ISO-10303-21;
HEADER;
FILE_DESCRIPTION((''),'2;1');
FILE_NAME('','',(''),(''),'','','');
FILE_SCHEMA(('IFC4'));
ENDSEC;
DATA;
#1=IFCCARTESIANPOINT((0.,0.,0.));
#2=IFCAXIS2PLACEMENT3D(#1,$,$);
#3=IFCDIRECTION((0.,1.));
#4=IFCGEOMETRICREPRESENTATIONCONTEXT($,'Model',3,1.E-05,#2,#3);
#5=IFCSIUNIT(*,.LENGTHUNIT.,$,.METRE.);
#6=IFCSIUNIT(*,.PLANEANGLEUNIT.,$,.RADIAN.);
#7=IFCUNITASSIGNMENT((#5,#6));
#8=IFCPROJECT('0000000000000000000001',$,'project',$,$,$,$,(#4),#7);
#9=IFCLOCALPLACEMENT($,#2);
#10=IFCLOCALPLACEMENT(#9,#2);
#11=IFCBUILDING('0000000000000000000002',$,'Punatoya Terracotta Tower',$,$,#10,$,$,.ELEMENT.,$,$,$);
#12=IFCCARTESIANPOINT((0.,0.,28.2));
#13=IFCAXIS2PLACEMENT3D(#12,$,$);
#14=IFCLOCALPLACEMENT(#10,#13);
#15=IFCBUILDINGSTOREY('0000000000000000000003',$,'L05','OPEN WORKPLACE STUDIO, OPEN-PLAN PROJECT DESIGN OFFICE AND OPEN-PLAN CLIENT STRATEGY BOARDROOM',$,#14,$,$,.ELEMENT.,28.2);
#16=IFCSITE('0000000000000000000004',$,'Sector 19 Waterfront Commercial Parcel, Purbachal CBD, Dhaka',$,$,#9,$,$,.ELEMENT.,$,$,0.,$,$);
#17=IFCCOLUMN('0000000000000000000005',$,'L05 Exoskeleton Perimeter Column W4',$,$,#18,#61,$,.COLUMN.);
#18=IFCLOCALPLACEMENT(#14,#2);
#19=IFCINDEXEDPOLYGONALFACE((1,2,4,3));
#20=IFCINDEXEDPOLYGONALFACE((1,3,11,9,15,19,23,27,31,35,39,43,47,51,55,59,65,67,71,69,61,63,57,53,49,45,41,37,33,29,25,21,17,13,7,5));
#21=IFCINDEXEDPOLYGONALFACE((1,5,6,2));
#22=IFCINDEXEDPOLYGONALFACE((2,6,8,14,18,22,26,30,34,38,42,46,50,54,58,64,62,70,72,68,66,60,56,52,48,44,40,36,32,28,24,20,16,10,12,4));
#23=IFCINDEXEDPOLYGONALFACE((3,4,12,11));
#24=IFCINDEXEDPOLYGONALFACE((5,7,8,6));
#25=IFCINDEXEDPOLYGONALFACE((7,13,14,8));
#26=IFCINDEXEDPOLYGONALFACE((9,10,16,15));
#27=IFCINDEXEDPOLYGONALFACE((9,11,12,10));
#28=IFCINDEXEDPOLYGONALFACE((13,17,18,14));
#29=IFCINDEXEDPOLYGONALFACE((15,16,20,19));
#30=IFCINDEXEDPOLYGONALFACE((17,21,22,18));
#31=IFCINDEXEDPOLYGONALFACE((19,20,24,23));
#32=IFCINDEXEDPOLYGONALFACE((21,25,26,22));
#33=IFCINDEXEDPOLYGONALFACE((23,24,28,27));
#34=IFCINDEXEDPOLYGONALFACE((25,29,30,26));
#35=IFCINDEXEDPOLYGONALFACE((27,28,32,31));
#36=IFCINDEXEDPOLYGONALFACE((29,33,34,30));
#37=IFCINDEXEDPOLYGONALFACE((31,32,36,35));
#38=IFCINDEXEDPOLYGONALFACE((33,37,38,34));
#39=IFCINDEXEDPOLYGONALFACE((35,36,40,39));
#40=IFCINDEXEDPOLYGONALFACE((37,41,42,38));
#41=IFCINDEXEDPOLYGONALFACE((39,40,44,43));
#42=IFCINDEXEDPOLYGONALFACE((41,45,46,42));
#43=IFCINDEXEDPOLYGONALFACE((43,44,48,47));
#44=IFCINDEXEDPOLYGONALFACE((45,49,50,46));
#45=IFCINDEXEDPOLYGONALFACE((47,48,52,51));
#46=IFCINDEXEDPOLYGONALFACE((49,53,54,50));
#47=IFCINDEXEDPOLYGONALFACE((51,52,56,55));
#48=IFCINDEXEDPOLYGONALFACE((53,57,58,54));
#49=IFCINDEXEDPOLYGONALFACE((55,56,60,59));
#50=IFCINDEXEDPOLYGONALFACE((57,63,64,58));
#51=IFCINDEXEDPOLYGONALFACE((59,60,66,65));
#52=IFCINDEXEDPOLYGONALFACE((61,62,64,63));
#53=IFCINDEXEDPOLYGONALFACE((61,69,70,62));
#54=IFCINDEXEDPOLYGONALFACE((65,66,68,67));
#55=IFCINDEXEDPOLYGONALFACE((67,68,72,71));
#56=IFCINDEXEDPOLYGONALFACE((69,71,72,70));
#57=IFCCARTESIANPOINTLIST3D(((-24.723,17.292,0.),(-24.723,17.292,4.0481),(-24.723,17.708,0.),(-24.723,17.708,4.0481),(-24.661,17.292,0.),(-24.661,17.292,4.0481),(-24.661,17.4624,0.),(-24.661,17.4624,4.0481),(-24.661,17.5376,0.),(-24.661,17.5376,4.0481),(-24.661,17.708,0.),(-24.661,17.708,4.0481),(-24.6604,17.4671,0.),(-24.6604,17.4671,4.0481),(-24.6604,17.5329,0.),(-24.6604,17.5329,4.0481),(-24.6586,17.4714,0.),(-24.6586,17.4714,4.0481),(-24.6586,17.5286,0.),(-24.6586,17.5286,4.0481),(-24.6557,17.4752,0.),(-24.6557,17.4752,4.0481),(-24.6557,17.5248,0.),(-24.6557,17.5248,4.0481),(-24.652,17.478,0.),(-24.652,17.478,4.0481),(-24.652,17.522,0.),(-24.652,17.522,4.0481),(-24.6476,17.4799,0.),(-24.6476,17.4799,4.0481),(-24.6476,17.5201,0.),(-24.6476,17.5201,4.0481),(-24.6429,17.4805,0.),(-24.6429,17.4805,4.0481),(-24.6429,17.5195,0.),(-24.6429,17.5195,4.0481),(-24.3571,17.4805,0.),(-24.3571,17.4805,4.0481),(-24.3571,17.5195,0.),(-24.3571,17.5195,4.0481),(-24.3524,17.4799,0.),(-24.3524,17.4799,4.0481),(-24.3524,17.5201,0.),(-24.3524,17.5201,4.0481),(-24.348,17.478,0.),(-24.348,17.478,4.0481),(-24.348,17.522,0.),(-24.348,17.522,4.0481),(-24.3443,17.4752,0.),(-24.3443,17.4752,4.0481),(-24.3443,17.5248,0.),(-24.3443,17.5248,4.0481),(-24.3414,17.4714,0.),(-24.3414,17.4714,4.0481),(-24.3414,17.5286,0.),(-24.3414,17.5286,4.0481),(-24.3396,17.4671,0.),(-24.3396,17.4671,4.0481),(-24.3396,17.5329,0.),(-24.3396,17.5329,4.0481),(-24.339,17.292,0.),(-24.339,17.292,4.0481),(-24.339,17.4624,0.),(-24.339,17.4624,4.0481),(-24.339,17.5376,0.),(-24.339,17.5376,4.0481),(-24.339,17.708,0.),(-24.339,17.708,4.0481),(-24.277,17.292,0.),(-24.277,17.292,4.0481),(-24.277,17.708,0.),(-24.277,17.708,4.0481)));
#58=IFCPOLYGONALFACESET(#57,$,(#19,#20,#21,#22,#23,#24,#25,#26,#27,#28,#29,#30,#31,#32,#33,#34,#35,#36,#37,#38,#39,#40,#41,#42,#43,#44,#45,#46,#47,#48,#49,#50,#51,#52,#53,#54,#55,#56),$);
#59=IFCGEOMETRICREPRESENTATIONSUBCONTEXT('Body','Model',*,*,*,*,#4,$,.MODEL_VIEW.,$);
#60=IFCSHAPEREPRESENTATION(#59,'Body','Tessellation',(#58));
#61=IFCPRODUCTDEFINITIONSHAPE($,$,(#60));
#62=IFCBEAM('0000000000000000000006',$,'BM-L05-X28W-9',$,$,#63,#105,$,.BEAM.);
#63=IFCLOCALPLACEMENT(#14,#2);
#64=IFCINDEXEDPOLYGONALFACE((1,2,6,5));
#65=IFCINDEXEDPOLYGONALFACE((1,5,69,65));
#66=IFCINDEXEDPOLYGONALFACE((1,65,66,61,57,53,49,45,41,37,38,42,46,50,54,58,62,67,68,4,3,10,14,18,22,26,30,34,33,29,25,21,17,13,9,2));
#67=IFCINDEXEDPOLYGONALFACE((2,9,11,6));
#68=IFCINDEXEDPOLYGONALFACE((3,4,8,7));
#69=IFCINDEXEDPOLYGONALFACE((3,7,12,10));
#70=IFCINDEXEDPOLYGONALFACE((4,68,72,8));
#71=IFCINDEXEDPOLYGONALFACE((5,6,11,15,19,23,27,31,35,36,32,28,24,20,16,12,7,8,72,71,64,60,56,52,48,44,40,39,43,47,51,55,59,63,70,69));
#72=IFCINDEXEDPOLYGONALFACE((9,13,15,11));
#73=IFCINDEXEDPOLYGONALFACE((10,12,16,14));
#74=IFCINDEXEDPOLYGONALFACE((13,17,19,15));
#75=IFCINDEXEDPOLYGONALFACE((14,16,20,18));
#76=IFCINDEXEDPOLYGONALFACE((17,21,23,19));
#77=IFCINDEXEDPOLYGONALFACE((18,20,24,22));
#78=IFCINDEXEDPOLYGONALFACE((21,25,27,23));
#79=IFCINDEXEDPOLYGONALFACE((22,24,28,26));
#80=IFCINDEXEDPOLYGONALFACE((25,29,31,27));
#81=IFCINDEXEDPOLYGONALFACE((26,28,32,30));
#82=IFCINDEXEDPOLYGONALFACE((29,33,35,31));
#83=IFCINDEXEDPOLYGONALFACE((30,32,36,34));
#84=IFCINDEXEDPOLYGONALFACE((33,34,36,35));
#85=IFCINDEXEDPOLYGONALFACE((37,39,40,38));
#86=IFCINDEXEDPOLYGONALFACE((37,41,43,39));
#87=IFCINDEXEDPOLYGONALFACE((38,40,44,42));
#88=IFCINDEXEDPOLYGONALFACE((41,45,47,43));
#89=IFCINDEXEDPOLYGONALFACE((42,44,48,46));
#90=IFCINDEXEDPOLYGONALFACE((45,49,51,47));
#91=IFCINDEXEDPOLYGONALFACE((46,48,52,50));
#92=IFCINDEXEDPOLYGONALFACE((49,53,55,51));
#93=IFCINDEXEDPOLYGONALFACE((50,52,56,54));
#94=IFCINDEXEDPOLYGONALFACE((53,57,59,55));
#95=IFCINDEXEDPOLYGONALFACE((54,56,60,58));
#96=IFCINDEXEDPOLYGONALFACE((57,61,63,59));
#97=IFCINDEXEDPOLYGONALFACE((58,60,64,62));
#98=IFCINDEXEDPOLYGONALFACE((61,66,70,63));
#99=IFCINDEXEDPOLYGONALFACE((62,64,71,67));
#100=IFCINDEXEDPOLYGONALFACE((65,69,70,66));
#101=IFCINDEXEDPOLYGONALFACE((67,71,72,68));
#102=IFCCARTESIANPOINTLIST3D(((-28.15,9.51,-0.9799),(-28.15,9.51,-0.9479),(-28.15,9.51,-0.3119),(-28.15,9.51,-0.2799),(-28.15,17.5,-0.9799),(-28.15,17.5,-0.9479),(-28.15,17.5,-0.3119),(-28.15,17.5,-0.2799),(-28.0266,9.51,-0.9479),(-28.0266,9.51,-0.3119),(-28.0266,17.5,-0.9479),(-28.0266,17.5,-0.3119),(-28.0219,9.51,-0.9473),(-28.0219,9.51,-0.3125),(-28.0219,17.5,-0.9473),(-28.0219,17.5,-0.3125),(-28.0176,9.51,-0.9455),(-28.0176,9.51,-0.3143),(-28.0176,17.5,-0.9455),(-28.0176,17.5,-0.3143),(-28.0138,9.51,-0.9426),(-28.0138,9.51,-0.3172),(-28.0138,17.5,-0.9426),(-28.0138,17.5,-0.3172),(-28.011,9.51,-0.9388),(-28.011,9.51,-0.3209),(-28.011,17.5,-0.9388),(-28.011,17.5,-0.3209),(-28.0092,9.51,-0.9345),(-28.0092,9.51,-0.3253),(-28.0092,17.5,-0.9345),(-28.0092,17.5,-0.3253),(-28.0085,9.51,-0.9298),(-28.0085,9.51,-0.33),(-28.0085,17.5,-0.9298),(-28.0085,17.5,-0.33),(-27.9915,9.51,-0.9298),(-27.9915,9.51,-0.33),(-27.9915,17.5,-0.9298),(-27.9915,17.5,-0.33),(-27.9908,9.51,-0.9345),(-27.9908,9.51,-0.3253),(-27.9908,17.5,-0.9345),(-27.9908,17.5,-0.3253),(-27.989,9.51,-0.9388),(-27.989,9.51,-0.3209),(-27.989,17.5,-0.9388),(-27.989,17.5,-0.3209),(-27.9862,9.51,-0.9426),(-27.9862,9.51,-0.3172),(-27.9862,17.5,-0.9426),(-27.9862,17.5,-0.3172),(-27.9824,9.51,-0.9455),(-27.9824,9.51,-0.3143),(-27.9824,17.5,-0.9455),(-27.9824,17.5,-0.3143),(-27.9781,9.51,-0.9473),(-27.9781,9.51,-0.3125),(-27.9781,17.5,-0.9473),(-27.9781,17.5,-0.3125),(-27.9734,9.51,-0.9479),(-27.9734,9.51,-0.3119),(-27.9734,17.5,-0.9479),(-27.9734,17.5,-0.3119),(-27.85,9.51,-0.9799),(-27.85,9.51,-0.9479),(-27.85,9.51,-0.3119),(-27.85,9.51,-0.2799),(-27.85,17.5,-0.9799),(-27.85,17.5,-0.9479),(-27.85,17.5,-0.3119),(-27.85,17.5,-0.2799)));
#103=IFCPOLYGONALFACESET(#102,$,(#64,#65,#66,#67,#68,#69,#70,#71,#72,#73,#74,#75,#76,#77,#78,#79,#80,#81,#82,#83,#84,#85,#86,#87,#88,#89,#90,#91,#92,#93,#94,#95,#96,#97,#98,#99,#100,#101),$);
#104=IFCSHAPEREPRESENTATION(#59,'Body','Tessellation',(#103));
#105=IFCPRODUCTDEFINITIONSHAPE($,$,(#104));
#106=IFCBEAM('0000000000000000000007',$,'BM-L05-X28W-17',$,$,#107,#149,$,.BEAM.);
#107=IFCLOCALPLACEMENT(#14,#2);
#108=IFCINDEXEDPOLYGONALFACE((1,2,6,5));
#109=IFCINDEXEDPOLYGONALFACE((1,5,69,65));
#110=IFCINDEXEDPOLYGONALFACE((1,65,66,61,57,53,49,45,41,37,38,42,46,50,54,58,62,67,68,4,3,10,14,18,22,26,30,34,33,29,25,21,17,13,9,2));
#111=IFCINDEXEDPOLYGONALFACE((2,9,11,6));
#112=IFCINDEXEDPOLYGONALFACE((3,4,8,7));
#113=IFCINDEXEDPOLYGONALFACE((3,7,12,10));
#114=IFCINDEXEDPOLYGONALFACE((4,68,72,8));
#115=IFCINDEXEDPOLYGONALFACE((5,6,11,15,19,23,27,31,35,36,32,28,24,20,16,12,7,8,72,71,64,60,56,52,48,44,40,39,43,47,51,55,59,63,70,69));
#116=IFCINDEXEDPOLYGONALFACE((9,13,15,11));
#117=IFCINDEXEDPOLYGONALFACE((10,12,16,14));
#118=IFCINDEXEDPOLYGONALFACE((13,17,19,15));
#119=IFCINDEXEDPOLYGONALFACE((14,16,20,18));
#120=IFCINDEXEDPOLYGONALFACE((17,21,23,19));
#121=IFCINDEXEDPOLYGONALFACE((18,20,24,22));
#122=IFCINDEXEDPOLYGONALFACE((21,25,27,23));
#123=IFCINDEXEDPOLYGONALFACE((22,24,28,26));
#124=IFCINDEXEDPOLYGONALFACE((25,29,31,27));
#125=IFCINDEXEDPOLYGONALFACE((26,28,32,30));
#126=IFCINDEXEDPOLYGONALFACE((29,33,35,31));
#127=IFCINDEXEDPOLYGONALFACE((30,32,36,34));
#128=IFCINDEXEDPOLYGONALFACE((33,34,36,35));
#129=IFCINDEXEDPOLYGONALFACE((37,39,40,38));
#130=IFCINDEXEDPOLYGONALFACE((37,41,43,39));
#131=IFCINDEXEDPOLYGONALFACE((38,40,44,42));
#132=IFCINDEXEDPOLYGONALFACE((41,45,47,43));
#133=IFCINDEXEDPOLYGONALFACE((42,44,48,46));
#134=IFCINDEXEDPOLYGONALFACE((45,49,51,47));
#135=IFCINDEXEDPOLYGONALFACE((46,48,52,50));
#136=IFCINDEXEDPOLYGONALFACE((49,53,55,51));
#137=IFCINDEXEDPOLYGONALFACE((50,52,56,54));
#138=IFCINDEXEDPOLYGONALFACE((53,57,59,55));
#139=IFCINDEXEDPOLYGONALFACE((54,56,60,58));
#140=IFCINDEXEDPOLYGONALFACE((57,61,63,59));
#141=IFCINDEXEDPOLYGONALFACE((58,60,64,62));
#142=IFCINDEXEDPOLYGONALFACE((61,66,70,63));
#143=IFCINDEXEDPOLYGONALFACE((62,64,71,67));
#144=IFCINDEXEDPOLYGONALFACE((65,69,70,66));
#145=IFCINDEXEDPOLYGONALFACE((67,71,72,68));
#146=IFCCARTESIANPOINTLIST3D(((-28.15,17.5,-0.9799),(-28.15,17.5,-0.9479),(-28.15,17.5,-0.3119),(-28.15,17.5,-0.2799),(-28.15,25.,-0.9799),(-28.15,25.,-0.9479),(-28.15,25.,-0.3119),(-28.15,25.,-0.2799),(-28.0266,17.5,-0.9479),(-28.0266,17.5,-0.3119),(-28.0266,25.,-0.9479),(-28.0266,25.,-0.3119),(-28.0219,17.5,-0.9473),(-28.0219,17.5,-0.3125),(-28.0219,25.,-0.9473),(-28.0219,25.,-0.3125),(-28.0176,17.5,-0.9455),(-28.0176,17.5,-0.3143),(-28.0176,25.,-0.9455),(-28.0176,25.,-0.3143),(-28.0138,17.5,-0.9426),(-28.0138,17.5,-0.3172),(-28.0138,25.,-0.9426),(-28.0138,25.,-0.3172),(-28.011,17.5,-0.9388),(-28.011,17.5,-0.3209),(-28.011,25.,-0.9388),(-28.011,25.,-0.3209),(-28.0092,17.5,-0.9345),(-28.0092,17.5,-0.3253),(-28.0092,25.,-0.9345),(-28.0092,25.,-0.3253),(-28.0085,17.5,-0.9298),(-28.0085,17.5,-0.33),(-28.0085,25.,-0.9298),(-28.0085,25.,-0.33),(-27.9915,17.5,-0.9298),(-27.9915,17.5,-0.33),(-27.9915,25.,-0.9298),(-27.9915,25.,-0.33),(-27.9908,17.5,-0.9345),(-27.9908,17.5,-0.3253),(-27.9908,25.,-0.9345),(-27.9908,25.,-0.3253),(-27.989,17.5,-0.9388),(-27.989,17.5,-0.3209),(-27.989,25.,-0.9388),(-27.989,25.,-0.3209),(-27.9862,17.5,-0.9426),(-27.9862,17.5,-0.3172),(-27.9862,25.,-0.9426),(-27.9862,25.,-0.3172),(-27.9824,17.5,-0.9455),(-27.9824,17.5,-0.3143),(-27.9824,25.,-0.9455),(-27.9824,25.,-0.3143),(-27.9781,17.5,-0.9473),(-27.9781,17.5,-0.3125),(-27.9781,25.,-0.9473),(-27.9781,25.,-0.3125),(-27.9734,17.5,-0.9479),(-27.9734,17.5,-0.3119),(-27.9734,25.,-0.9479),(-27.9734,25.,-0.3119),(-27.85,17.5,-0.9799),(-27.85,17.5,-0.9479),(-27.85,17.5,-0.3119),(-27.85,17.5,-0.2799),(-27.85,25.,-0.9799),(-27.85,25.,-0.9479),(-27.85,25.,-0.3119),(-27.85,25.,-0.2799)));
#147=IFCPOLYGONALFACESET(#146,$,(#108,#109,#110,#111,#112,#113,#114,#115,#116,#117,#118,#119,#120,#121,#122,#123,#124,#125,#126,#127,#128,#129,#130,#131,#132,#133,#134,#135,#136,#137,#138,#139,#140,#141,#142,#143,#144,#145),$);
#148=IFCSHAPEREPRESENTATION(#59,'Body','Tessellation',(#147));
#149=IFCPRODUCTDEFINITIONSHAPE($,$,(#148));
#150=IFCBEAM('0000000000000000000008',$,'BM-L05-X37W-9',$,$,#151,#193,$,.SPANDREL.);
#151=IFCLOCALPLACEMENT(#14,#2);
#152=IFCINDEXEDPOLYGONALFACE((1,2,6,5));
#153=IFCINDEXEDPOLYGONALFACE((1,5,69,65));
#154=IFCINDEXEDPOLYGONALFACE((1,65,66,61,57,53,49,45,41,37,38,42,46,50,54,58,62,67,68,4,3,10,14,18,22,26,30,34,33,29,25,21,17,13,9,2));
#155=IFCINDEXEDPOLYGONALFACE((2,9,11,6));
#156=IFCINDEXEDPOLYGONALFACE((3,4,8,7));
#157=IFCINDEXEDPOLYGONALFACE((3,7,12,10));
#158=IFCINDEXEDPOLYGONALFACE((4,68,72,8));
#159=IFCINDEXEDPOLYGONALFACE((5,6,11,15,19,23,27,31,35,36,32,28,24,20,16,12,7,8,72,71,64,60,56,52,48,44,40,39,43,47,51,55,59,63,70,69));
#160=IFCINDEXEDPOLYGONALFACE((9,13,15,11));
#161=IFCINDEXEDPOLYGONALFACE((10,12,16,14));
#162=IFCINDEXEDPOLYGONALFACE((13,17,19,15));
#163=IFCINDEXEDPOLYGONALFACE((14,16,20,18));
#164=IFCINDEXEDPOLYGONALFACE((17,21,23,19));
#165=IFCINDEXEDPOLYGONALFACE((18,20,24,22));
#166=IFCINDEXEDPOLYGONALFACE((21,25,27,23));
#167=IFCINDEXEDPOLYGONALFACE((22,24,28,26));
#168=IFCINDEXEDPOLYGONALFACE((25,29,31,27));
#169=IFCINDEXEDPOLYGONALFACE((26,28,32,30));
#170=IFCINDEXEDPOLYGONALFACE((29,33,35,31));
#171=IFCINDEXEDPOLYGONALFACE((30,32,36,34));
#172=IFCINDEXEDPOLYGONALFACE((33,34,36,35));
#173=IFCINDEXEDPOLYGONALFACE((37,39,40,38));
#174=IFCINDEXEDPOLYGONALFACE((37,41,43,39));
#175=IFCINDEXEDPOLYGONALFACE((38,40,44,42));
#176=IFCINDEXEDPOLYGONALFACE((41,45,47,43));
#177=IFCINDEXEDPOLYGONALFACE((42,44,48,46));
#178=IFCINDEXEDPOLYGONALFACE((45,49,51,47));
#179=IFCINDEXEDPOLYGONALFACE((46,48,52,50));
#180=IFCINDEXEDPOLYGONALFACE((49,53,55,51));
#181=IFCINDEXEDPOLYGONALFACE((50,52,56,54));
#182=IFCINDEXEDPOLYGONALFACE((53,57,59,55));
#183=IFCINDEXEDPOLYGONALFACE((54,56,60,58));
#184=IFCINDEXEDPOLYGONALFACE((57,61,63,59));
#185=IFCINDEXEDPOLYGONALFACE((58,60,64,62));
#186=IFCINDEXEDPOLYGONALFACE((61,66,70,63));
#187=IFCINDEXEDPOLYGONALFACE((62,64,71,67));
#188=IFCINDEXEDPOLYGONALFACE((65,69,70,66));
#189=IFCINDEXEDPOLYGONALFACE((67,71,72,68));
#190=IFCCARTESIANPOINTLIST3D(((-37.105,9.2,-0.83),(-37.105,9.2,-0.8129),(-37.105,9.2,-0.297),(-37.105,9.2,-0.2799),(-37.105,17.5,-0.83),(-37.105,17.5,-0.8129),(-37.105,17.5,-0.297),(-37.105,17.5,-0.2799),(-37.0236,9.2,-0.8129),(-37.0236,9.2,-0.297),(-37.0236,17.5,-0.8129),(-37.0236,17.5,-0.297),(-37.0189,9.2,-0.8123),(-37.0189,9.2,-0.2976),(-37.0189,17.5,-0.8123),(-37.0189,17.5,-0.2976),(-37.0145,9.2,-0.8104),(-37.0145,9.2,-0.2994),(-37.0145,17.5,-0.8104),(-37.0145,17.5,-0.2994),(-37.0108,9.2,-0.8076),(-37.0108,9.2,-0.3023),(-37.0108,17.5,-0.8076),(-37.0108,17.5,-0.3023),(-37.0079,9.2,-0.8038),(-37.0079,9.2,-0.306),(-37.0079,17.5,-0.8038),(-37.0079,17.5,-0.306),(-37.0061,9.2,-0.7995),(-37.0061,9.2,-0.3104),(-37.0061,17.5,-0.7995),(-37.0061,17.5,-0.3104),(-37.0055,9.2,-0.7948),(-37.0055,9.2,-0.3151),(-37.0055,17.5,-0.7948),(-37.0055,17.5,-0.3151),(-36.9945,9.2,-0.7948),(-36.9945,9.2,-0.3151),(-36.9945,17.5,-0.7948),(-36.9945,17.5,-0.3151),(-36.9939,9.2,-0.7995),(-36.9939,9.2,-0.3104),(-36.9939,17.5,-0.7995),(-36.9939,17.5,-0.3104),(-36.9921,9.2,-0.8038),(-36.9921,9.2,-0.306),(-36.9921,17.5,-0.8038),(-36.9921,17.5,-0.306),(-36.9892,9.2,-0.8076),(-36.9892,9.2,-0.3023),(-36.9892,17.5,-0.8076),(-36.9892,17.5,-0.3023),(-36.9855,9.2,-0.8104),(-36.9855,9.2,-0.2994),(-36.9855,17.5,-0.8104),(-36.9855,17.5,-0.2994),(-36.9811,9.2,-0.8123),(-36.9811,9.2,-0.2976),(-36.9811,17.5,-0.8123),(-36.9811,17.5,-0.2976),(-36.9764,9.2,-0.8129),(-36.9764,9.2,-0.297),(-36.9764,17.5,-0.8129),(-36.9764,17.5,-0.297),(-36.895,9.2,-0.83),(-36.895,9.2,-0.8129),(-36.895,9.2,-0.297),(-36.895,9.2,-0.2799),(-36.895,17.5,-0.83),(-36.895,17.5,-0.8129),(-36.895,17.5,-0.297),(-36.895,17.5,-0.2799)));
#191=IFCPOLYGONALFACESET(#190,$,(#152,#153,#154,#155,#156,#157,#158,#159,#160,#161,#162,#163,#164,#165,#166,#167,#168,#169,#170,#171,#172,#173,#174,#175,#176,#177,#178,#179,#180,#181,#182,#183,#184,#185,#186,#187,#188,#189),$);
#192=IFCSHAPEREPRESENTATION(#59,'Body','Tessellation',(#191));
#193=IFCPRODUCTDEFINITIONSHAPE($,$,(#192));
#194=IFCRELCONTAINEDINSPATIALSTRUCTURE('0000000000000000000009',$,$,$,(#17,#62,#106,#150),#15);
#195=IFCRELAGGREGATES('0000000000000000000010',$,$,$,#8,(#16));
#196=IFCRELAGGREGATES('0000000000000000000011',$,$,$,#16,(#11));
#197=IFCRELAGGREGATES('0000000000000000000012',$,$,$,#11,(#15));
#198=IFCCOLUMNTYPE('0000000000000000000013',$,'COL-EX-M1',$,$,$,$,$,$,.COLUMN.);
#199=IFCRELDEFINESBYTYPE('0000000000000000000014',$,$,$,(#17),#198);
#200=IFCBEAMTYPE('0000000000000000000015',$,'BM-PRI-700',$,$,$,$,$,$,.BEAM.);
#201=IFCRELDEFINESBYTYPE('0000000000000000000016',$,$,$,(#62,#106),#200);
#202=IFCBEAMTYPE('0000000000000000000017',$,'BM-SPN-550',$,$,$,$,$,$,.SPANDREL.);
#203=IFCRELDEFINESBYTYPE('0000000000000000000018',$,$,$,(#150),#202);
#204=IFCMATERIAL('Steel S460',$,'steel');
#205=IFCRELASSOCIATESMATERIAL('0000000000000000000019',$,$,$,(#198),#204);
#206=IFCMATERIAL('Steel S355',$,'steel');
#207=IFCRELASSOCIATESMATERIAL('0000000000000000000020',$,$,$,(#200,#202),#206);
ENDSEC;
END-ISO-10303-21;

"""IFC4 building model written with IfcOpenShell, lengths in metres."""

from ifc_helpers import new_model, si_unit, direction, frame, origin, origin_2d, place, context, subcontext, project, spatial, i_section, extrude, material, material_profile, profile_set, type_object, element, save


model = new_model("IFC4")

# Units and contexts
model_context = context("Model", 3, precision=1e-05, world=origin(), true_north=direction((0.0, 1.0)))
body_context = subcontext(model_context, "Body", "Model", "MODEL_VIEW")
ifc_project = project(units=[si_unit("LENGTHUNIT", "METRE"), si_unit("PLANEANGLEUNIT", "RADIAN")], contexts=[model_context])

# Site, building, storey
site_placement = place(None, origin())
site = spatial("IfcSite", under=ifc_project, at=site_placement, Name="Sector 19 Waterfront Commercial Parcel, Purbachal CBD, Dhaka", CompositionType="ELEMENT", RefElevation=0.0)
building_placement = place(site_placement, origin())
building = spatial("IfcBuilding", under=site, at=building_placement, Name="Punatoya Terracotta Tower", CompositionType="ELEMENT")
storey_placement = place(building_placement, frame((0.0, 0.0, 28.2)))
storey = spatial("IfcBuildingStorey", under=building, at=storey_placement, Name="L05", Description="OPEN WORKPLACE STUDIO, OPEN-PLAN PROJECT DESIGN OFFICE AND OPEN-PLAN CLIENT STRATEGY BOARDROOM", CompositionType="ELEMENT", Elevation=28.2)

# Column
ifc_material_1 = material(Name="Steel S460", Category="steel")
ifc_material_profile_1 = material_profile(ifc_material_1, i_section(OverallWidth=0.416, OverallDepth=0.446, WebThickness=0.0391, FlangeThickness=0.062, FilletRadius=0.0181, at=origin_2d()))
ifc_profile_set_1 = profile_set([ifc_material_profile_1], Name="Steel S460")
column_type = type_object("IfcColumnType", Name="COL-EX-M1", PredefinedType="COLUMN", material=ifc_profile_set_1)
column_placement = place(storey_placement, frame((-24.5, 17.5, 0.0), z_axis=(0.0, 0.0, 1.0), x_axis=(0.0, 1.0, 0.0)))
element("IfcColumn", 1, at=column_placement, inside=storey, type_object=column_type, Name="L05 Exoskeleton Perimeter Column W4", PredefinedType="COLUMN", context=body_context, shape_type="SweptSolid", body=[
    extrude(i_section(OverallWidth=0.416, OverallDepth=0.446, WebThickness=0.0391, FlangeThickness=0.062, FilletRadius=0.0181, at=origin_2d()), origin(), (0.0, 0.0, 1.0), 4.0481),
])

# Beams
ifc_material_2 = material(Name="Steel S355", Category="steel")
ifc_material_profile_2 = material_profile(ifc_material_2, i_section(OverallWidth=0.3, OverallDepth=0.7, WebThickness=0.0171, FlangeThickness=0.032, FilletRadius=0.0181, at=origin_2d()))
ifc_profile_set_2 = profile_set([ifc_material_profile_2], Name="Steel S355")
beam_type_1 = type_object("IfcBeamType", Name="BM-PRI-700", PredefinedType="BEAM", material=ifc_profile_set_2)
beam_1_placement = place(storey_placement, frame((-28.0, 9.51, -0.6299), z_axis=(0.0, 1.0, 0.0), x_axis=(-1.0, 0.0, 0.0)))
element("IfcBeam", 2, at=beam_1_placement, inside=storey, type_object=beam_type_1, Name="BM-L05-X28W-9", PredefinedType="BEAM", context=body_context, shape_type="SweptSolid", body=[
    extrude(i_section(OverallWidth=0.3, OverallDepth=0.7, WebThickness=0.0171, FlangeThickness=0.032, FilletRadius=0.0181, at=origin_2d()), origin(), (0.0, 0.0, 1.0), 7.99),
])
beam_2_placement = place(storey_placement, frame((-28.0, 17.5, -0.6299), z_axis=(0.0, 1.0, 0.0), x_axis=(-1.0, 0.0, 0.0)))
element("IfcBeam", 3, at=beam_2_placement, inside=storey, type_object=beam_type_1, Name="BM-L05-X28W-17", PredefinedType="BEAM", context=body_context, shape_type="SweptSolid", body=[
    extrude(i_section(OverallWidth=0.3, OverallDepth=0.7, WebThickness=0.0171, FlangeThickness=0.032, FilletRadius=0.0181, at=origin_2d()), origin(), (0.0, 0.0, 1.0), 7.5),
])
ifc_material_profile_3 = material_profile(ifc_material_2, i_section(OverallWidth=0.21, OverallDepth=0.55, WebThickness=0.011, FlangeThickness=0.0171, FilletRadius=0.0181, at=origin_2d()))
ifc_profile_set_3 = profile_set([ifc_material_profile_3], Name="Steel S355")
beam_type_2 = type_object("IfcBeamType", Name="BM-SPN-550", PredefinedType="SPANDREL", material=ifc_profile_set_3)
beam_3_placement = place(storey_placement, frame((-37.0, 9.2, -0.5549), z_axis=(0.0, 1.0, 0.0), x_axis=(-1.0, 0.0, 0.0)))
element("IfcBeam", 4, at=beam_3_placement, inside=storey, type_object=beam_type_2, Name="BM-L05-X37W-9", PredefinedType="SPANDREL", context=body_context, shape_type="SweptSolid", body=[
    extrude(i_section(OverallWidth=0.21, OverallDepth=0.55, WebThickness=0.011, FlangeThickness=0.0171, FilletRadius=0.0181, at=origin_2d()), origin(), (0.0, 0.0, 1.0), 8.3),
])

save(model, "model.ifc")
